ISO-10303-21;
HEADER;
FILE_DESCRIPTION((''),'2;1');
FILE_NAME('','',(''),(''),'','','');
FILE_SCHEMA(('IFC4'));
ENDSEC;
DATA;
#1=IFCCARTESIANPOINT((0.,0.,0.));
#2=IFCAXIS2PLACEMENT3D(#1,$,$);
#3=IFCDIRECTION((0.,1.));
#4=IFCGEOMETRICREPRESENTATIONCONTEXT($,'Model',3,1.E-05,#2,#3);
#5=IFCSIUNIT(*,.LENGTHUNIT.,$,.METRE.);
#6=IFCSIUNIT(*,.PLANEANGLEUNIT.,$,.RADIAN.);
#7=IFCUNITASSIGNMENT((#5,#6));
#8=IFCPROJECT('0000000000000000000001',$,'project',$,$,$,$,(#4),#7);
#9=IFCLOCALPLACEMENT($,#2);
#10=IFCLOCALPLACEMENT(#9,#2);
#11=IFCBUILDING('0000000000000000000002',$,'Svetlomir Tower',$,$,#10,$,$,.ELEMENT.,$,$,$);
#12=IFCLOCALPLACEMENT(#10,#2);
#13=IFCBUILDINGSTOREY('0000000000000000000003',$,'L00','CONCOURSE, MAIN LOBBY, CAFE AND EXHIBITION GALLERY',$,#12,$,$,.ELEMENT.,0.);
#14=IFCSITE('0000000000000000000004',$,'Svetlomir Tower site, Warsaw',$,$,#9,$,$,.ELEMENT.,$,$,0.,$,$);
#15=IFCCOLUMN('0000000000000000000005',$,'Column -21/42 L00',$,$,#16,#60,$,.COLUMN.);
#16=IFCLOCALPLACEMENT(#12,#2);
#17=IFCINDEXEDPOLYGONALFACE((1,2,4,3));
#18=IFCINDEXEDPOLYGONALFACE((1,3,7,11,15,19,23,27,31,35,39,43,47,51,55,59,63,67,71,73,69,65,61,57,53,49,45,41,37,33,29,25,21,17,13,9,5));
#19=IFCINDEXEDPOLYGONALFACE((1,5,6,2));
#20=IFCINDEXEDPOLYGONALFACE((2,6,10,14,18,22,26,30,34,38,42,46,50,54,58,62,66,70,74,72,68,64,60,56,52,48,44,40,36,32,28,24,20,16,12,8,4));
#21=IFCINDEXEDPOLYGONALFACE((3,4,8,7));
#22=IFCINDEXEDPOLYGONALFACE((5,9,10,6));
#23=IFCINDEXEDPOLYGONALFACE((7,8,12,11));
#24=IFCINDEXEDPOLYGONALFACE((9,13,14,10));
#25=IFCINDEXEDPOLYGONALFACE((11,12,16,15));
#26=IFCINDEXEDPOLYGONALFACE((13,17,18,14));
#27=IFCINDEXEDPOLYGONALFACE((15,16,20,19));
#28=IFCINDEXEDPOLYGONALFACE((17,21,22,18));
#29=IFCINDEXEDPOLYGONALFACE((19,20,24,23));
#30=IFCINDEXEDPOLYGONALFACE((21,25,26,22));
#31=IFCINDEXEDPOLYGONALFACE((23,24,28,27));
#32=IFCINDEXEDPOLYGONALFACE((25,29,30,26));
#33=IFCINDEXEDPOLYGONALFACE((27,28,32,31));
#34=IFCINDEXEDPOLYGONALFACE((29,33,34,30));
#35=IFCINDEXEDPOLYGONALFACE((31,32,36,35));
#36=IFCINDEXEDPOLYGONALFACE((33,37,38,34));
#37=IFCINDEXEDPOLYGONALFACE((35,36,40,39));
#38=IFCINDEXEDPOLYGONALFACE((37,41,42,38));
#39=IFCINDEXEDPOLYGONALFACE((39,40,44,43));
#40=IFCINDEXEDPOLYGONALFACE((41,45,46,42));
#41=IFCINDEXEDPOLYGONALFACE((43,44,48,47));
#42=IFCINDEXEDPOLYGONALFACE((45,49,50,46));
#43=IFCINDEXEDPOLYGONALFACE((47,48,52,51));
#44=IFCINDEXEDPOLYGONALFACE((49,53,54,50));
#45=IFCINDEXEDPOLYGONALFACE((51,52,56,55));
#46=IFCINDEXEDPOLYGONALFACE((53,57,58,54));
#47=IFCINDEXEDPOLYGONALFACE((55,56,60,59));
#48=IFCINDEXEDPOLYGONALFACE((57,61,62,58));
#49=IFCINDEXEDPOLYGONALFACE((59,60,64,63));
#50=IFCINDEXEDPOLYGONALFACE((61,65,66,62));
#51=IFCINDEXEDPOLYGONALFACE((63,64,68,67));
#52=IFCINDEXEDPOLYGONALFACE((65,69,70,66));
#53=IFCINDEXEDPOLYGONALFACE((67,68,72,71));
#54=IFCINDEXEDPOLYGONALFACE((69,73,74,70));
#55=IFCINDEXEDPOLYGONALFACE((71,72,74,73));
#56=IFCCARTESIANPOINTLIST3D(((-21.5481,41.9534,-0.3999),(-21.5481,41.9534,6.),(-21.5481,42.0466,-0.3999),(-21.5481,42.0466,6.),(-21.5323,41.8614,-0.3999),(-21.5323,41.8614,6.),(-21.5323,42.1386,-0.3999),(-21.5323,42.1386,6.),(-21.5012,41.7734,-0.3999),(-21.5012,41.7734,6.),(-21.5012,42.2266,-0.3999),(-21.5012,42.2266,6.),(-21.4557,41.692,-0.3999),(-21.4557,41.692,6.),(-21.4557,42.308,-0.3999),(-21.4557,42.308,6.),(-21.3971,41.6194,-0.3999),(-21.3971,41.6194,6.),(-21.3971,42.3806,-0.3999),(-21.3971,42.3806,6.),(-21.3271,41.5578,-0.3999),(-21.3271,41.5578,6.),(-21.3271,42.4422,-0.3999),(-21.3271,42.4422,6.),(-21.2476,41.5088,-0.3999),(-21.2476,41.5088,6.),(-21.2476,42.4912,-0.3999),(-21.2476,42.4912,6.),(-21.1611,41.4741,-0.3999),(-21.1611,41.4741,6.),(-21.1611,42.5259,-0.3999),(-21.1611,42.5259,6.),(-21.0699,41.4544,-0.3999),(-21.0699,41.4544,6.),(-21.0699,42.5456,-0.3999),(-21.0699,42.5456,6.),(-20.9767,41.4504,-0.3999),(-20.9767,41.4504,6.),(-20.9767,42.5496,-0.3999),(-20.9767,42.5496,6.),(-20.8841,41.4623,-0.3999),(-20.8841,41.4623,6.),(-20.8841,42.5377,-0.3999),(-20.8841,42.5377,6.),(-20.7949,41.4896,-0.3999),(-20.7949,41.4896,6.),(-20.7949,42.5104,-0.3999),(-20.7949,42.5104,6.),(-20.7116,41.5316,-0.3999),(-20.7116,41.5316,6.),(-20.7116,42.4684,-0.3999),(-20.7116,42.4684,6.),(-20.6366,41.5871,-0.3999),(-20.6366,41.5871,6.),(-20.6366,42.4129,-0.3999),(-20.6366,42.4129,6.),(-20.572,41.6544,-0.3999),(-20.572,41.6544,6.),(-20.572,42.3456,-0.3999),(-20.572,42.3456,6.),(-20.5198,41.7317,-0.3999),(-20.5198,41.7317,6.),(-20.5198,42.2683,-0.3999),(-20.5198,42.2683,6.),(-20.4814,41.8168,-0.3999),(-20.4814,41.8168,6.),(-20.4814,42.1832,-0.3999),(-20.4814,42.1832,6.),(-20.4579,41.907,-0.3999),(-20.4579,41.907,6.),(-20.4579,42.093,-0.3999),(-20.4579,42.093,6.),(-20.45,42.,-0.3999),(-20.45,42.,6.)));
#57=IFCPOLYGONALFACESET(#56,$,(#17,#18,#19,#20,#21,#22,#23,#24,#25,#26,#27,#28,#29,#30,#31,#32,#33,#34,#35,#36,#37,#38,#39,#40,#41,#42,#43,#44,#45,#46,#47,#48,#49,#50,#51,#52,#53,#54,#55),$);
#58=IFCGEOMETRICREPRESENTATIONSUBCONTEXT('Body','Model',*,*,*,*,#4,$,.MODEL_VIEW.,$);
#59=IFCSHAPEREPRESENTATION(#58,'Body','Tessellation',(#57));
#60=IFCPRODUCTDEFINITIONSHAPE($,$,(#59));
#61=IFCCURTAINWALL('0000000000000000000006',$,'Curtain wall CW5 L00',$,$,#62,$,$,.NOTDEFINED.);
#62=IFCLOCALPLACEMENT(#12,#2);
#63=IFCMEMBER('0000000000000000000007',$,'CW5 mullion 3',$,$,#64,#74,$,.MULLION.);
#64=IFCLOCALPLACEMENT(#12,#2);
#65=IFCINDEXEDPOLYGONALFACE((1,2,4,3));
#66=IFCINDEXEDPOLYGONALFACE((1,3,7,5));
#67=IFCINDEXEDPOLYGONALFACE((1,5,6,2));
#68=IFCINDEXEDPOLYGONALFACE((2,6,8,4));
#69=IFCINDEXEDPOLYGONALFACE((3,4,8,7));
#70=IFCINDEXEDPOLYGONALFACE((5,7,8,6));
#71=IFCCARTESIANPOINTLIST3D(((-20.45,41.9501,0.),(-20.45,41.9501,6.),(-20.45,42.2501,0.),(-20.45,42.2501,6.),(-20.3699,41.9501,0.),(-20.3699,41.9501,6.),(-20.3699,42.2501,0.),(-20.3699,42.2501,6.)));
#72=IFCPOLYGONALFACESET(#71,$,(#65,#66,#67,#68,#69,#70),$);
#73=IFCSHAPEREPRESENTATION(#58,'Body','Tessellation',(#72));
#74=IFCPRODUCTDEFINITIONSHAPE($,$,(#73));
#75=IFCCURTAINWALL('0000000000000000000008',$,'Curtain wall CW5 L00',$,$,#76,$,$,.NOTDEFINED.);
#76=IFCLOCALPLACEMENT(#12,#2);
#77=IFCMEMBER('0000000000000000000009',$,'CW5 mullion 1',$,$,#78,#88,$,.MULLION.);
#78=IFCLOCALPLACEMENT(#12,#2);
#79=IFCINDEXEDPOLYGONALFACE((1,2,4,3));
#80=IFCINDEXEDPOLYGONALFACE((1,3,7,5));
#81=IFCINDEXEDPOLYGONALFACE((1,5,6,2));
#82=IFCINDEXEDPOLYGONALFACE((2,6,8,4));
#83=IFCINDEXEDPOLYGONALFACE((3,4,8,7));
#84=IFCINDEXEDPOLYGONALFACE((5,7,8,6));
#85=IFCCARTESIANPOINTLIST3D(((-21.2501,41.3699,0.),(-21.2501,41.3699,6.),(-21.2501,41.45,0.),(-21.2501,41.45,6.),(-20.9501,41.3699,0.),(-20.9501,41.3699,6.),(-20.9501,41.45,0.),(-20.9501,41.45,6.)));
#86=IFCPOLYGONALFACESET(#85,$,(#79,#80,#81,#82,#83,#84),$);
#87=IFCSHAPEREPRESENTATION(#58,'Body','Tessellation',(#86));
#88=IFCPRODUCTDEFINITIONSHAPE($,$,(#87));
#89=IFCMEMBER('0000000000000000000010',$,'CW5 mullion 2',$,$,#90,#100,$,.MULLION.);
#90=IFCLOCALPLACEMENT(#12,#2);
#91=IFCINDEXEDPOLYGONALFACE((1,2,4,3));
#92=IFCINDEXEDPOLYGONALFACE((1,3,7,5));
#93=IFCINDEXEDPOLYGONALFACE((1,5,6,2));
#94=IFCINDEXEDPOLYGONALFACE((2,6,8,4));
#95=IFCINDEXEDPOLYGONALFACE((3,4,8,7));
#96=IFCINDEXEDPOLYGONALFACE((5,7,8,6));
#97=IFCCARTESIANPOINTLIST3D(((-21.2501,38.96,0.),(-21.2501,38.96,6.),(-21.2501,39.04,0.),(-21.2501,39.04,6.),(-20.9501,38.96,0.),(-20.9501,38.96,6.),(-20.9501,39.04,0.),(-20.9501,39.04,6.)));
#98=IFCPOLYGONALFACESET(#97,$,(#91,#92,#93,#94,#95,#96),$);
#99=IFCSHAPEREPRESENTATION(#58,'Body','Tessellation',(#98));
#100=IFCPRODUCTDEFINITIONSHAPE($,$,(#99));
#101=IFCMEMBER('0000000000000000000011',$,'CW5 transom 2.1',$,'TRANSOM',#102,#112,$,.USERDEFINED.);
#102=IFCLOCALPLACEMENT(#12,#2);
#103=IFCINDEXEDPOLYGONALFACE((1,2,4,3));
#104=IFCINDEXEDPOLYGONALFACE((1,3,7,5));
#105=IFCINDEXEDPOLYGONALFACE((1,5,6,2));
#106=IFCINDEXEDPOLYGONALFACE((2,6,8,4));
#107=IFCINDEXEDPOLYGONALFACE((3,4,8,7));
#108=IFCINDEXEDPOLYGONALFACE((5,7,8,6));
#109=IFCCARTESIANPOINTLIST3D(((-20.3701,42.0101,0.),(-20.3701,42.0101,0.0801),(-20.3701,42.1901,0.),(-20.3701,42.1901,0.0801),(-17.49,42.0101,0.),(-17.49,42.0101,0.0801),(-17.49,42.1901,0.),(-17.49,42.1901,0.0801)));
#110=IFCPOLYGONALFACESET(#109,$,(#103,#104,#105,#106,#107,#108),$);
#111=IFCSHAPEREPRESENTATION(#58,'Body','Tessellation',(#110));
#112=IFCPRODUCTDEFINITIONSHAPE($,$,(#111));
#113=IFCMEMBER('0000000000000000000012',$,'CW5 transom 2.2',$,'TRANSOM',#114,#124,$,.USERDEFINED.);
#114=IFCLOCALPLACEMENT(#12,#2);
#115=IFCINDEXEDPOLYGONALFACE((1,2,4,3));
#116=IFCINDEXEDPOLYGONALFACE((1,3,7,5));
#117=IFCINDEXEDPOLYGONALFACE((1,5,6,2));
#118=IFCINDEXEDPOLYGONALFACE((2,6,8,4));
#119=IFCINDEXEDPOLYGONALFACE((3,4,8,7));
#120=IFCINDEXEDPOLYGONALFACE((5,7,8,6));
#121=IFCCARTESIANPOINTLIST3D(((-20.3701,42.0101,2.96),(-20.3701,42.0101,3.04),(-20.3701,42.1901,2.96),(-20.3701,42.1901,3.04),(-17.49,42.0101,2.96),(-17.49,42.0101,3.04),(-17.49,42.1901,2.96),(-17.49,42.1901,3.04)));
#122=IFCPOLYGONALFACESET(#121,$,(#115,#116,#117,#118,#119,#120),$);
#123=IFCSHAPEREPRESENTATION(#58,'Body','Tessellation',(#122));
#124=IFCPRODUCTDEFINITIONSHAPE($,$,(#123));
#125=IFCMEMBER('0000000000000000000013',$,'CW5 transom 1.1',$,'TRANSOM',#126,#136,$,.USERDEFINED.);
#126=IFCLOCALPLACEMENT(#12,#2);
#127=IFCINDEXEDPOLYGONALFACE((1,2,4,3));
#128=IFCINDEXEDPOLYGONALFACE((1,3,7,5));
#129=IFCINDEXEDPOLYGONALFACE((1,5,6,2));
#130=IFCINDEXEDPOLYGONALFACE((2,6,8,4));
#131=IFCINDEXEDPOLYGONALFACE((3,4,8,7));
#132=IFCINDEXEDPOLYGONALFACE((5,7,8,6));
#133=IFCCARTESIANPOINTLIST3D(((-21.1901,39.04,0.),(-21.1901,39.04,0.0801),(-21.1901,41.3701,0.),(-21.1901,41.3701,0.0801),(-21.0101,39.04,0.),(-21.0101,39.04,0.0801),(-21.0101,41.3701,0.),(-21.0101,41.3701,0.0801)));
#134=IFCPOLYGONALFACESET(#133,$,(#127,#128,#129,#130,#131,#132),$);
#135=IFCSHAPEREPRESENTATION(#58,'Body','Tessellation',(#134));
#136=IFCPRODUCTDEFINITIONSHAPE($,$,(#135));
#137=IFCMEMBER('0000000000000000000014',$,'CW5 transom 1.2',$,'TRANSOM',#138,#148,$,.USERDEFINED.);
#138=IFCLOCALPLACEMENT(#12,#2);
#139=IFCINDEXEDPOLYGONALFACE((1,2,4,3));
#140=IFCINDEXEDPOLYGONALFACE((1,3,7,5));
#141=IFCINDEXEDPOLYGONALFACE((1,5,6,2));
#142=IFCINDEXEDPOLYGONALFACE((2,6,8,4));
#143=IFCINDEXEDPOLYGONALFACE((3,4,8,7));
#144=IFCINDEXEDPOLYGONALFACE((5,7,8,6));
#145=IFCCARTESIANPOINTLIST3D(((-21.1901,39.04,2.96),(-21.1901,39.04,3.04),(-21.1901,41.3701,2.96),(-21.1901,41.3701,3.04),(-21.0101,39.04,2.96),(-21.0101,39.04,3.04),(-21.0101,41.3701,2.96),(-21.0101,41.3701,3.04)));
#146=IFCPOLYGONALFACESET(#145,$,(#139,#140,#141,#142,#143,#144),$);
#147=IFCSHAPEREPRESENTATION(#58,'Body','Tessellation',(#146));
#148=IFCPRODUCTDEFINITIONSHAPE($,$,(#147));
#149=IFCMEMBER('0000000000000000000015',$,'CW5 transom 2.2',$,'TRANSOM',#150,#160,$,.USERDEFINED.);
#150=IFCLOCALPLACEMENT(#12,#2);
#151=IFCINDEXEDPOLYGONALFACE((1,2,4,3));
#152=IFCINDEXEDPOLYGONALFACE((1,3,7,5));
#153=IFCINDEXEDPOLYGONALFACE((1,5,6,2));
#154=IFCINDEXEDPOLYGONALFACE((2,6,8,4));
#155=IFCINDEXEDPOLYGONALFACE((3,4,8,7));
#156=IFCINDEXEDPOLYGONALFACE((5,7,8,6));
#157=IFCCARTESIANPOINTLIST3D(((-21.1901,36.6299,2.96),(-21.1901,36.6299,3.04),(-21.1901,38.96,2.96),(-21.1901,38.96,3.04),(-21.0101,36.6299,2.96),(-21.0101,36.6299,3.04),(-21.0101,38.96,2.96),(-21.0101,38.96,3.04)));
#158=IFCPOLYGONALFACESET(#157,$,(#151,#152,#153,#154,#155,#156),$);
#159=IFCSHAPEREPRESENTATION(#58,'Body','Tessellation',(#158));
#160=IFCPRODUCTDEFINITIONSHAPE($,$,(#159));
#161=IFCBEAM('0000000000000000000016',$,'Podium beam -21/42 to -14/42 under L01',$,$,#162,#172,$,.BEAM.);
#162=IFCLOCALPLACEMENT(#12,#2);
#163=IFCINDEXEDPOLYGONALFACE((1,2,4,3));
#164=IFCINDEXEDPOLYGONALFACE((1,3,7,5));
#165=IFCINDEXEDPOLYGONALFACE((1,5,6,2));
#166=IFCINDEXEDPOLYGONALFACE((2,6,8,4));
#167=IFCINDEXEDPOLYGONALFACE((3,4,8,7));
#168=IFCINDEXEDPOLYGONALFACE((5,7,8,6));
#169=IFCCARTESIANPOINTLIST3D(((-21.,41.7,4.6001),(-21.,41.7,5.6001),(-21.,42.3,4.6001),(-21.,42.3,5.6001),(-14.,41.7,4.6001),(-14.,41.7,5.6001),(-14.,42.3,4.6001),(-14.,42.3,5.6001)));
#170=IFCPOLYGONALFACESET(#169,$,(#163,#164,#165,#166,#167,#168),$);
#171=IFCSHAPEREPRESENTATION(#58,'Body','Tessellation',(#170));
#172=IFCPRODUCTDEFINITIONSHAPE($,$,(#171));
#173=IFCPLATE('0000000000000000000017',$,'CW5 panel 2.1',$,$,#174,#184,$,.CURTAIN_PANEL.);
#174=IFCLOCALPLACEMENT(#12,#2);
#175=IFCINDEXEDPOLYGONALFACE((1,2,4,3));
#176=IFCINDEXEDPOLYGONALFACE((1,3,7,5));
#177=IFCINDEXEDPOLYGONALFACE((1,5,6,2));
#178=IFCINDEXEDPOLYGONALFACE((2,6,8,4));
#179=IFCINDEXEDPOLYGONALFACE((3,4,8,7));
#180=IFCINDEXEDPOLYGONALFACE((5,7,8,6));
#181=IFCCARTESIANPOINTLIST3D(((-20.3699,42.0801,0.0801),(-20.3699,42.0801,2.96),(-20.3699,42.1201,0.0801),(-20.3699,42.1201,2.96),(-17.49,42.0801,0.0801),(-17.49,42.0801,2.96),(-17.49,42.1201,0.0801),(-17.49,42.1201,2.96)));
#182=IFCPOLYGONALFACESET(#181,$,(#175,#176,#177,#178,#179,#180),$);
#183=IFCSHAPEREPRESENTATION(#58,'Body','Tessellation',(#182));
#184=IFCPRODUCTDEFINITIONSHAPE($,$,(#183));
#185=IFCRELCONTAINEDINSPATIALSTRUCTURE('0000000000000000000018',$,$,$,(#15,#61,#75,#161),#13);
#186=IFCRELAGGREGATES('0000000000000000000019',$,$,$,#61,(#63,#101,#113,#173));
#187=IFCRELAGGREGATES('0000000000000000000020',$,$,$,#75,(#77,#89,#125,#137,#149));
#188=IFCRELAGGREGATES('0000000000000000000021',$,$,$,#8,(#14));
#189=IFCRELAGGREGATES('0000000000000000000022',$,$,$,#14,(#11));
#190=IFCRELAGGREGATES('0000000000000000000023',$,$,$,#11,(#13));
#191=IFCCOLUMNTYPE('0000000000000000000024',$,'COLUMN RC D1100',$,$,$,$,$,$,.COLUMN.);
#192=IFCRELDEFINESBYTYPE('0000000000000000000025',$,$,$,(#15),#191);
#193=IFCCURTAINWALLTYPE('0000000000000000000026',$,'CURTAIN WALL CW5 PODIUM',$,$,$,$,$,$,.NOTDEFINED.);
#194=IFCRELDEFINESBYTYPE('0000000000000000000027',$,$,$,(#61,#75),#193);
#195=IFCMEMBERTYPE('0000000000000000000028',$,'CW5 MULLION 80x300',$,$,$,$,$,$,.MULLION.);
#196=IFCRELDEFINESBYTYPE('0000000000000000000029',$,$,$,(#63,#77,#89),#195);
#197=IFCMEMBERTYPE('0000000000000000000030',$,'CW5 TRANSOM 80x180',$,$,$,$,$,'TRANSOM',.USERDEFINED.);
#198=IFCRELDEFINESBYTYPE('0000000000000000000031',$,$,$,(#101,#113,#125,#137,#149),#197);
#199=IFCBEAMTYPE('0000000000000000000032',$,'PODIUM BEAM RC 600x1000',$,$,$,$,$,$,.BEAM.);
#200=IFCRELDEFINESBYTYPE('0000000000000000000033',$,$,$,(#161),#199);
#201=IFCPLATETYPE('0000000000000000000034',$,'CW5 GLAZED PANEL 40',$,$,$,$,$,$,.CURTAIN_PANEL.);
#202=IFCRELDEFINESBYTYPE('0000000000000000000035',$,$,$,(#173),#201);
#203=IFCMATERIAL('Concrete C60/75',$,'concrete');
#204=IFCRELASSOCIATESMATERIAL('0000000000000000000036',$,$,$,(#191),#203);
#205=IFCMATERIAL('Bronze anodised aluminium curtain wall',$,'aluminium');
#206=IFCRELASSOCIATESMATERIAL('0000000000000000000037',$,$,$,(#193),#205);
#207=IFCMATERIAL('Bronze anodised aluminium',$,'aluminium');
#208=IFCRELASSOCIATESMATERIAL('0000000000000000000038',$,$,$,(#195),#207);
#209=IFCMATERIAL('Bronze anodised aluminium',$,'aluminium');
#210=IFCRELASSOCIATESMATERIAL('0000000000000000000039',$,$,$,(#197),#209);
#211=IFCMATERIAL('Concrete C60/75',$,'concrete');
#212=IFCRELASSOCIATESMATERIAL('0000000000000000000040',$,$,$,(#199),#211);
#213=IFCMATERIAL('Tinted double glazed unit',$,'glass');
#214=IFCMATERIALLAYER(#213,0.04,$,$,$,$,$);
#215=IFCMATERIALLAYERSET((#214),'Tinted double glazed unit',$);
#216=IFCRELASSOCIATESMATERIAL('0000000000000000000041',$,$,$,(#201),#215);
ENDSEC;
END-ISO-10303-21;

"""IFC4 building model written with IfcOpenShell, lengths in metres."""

from ifc_helpers import new_model, si_unit, direction, frame, origin, origin_2d, place, context, subcontext, project, spatial, rectangle, circle, extrude, material, layer, layer_set, material_profile, profile_set, type_object, element, aggregate, save


model = new_model("IFC4")

# Units and contexts
model_context = context("Model", 3, precision=1e-05, world=origin(), true_north=direction((0.0, 1.0)))
body_context = subcontext(model_context, "Body", "Model", "MODEL_VIEW")
ifc_project = project(units=[si_unit("LENGTHUNIT", "METRE"), si_unit("PLANEANGLEUNIT", "RADIAN")], contexts=[model_context])

# Site, building, storey
site_placement = place(None, origin())
site = spatial("IfcSite", under=ifc_project, at=site_placement, Name="Svetlomir Tower site, Warsaw", CompositionType="ELEMENT", RefElevation=0.0)
building_placement = place(site_placement, origin())
building = spatial("IfcBuilding", under=site, at=building_placement, Name="Svetlomir Tower", CompositionType="ELEMENT")
storey_placement = place(building_placement, origin())
storey = spatial("IfcBuildingStorey", under=building, at=storey_placement, Name="L00", Description="CONCOURSE, MAIN LOBBY, CAFE AND EXHIBITION GALLERY", CompositionType="ELEMENT", Elevation=0.0)

# Column
ifc_material_1 = material(Name="Concrete C60/75", Category="concrete")
ifc_material_profile_1 = material_profile(ifc_material_1, circle(Radius=0.55, at=origin_2d()), Name="RC D1100")
ifc_profile_set_1 = profile_set([ifc_material_profile_1], Name="Concrete C60/75")
column_type = type_object("IfcColumnType", Name="COLUMN RC D1100", PredefinedType="COLUMN", material=ifc_profile_set_1)
column_placement = place(storey_placement, frame((-21.0, 42.0, -0.3999), z_axis=(0.0, 0.0, 1.0), x_axis=(1.0, 0.0, 0.0)))
element("IfcColumn", 1, at=column_placement, inside=storey, type_object=column_type, Name="Column -21/42 L00", PredefinedType="COLUMN", context=body_context, shape_type="SweptSolid", body=[
    extrude(circle(Radius=0.55, at=origin_2d()), origin(), (0.0, 0.0, 1.0), 6.3999),
])

# Curtain wall, member
ifc_material_2 = material(Name="Bronze anodised aluminium curtain wall", Category="aluminium")
curtain_wall_type = type_object("IfcCurtainWallType", Name="CURTAIN WALL CW5 PODIUM", PredefinedType="NOTDEFINED", material=ifc_material_2)
curtain_wall_1_placement = place(storey_placement, origin())
curtain_wall_1 = element("IfcCurtainWall", 2, at=curtain_wall_1_placement, inside=storey, type_object=curtain_wall_type, Name="Curtain wall CW5 L00", PredefinedType="NOTDEFINED")
ifc_material_3 = material(Name="Bronze anodised aluminium", Category="aluminium")
ifc_material_profile_2 = material_profile(ifc_material_3, rectangle(XDim=0.0801, YDim=0.3, at=origin_2d()), Name="AL 80x300")
ifc_profile_set_2 = profile_set([ifc_material_profile_2], Name="Bronze anodised aluminium 6063-T6")
member_type_1 = type_object("IfcMemberType", Name="CW5 MULLION 80x300", PredefinedType="MULLION", material=ifc_profile_set_2)
member_1_placement = place(storey_placement, frame((-20.4099, 42.1001, 0.0), z_axis=(0.0, 0.0, 1.0), x_axis=(-1.0, 0.0, 0.0)))
member_1 = element("IfcMember", 3, at=member_1_placement, type_object=member_type_1, Name="CW5 mullion 3", PredefinedType="MULLION", context=body_context, shape_type="SweptSolid", body=[
    extrude(rectangle(XDim=0.0801, YDim=0.3, at=origin_2d()), origin(), (0.0, 0.0, 1.0), 6.0),
])

# Curtain wall, members
curtain_wall_2_placement = place(storey_placement, origin())
curtain_wall_2 = element("IfcCurtainWall", 4, at=curtain_wall_2_placement, inside=storey, type_object=curtain_wall_type, Name="Curtain wall CW5 L00", PredefinedType="NOTDEFINED")
member_2_placement = place(storey_placement, frame((-21.1001, 41.4099, 0.0), z_axis=(0.0, 0.0, 1.0), x_axis=(0.0, -1.0, 0.0)))
member_2 = element("IfcMember", 5, at=member_2_placement, type_object=member_type_1, Name="CW5 mullion 1", PredefinedType="MULLION", context=body_context, shape_type="SweptSolid", body=[
    extrude(rectangle(XDim=0.0801, YDim=0.3, at=origin_2d()), origin(), (0.0, 0.0, 1.0), 6.0),
])
member_3_placement = place(storey_placement, frame((-21.1001, 39.0, 0.0), z_axis=(0.0, 0.0, 1.0), x_axis=(0.0, -1.0, 0.0)))
member_3 = element("IfcMember", 6, at=member_3_placement, type_object=member_type_1, Name="CW5 mullion 2", PredefinedType="MULLION", context=body_context, shape_type="SweptSolid", body=[
    extrude(rectangle(XDim=0.0801, YDim=0.3, at=origin_2d()), origin(), (0.0, 0.0, 1.0), 6.0),
])

# Members
ifc_material_4 = material(Name="Bronze anodised aluminium", Category="aluminium")
ifc_material_profile_3 = material_profile(ifc_material_4, rectangle(XDim=0.1799, YDim=0.0801, at=origin_2d()), Name="AL 180x80")
ifc_profile_set_3 = profile_set([ifc_material_profile_3], Name="Bronze anodised aluminium 6063-T6")
member_type_2 = type_object("IfcMemberType", Name="CW5 TRANSOM 80x180", ElementType="TRANSOM", PredefinedType="USERDEFINED", material=ifc_profile_set_3)
member_4_placement = place(storey_placement, frame((-17.49, 42.1001, 0.04), z_axis=(-1.0, 0.0, 0.0), x_axis=(0.0, -1.0, 0.0)))
member_4 = element("IfcMember", 7, at=member_4_placement, type_object=member_type_2, Name="CW5 transom 2.1", ObjectType="TRANSOM", PredefinedType="USERDEFINED", context=body_context, shape_type="SweptSolid", body=[
    extrude(rectangle(XDim=0.1799, YDim=0.0801, at=origin_2d()), origin(), (0.0, 0.0, 1.0), 2.8801),
])
member_5_placement = place(storey_placement, frame((-17.49, 42.1001, 3.0), z_axis=(-1.0, 0.0, 0.0), x_axis=(0.0, -1.0, 0.0)))
member_5 = element("IfcMember", 8, at=member_5_placement, type_object=member_type_2, Name="CW5 transom 2.2", ObjectType="TRANSOM", PredefinedType="USERDEFINED", context=body_context, shape_type="SweptSolid", body=[
    extrude(rectangle(XDim=0.1799, YDim=0.0801, at=origin_2d()), origin(), (0.0, 0.0, 1.0), 2.8801),
])
member_6_placement = place(storey_placement, frame((-21.1001, 41.3701, 0.04), z_axis=(0.0, -1.0, 0.0), x_axis=(1.0, 0.0, 0.0)))
member_6 = element("IfcMember", 9, at=member_6_placement, type_object=member_type_2, Name="CW5 transom 1.1", ObjectType="TRANSOM", PredefinedType="USERDEFINED", context=body_context, shape_type="SweptSolid", body=[
    extrude(rectangle(XDim=0.1799, YDim=0.0801, at=origin_2d()), origin(), (0.0, 0.0, 1.0), 2.3301),
])
member_7_placement = place(storey_placement, frame((-21.1001, 41.3701, 3.0), z_axis=(0.0, -1.0, 0.0), x_axis=(1.0, 0.0, 0.0)))
member_7 = element("IfcMember", 10, at=member_7_placement, type_object=member_type_2, Name="CW5 transom 1.2", ObjectType="TRANSOM", PredefinedType="USERDEFINED", context=body_context, shape_type="SweptSolid", body=[
    extrude(rectangle(XDim=0.1799, YDim=0.0801, at=origin_2d()), origin(), (0.0, 0.0, 1.0), 2.3301),
])
member_8_placement = place(storey_placement, frame((-21.1001, 38.96, 3.0), z_axis=(0.0, -1.0, 0.0), x_axis=(1.0, 0.0, 0.0)))
member_8 = element("IfcMember", 11, at=member_8_placement, type_object=member_type_2, Name="CW5 transom 2.2", ObjectType="TRANSOM", PredefinedType="USERDEFINED", context=body_context, shape_type="SweptSolid", body=[
    extrude(rectangle(XDim=0.1799, YDim=0.0801, at=origin_2d()), origin(), (0.0, 0.0, 1.0), 2.3301),
])

# Beam
ifc_material_5 = material(Name="Concrete C60/75", Category="concrete")
ifc_material_profile_4 = material_profile(ifc_material_5, rectangle(XDim=0.6001, YDim=1.0, at=origin_2d()), Name="RC 600x1000")
ifc_profile_set_4 = profile_set([ifc_material_profile_4], Name="Concrete C60/75")
beam_type = type_object("IfcBeamType", Name="PODIUM BEAM RC 600x1000", PredefinedType="BEAM", material=ifc_profile_set_4)
beam_placement = place(storey_placement, frame((-21.0, 42.0, 5.1001), z_axis=(1.0, 0.0, 0.0), x_axis=(0.0, 1.0, 0.0)))
element("IfcBeam", 12, at=beam_placement, inside=storey, type_object=beam_type, Name="Podium beam -21/42 to -14/42 under L01", PredefinedType="BEAM", context=body_context, shape_type="SweptSolid", body=[
    extrude(rectangle(XDim=0.6001, YDim=1.0, at=origin_2d()), origin(), (0.0, 0.0, 1.0), 7.0),
])

# Plate
ifc_material_6 = material(Name="Tinted double glazed unit", Category="glass")
ifc_layer = layer(ifc_material_6, 0.04)
ifc_layer_set = layer_set([ifc_layer], Name="Tinted double glazed unit")
plate_type = type_object("IfcPlateType", Name="CW5 GLAZED PANEL 40", PredefinedType="CURTAIN_PANEL", material=ifc_layer_set)
plate_1_placement = place(storey_placement, frame((-18.9299, 42.1001, 0.0801), z_axis=(0.0, 0.0, 1.0), x_axis=(-1.0, 0.0, 0.0)))
plate_1 = element("IfcPlate", 13, at=plate_1_placement, type_object=plate_type, Name="CW5 panel 2.1", PredefinedType="CURTAIN_PANEL", context=body_context, shape_type="SweptSolid", body=[
    extrude(rectangle(XDim=2.8799, YDim=0.04, at=origin_2d()), origin(), (0.0, 0.0, 1.0), 2.8799),
])
aggregate(curtain_wall_1, [member_1, member_4, member_5, plate_1])
aggregate(curtain_wall_2, [member_2, member_3, member_6, member_7, member_8])

save(model, "model.ifc")
